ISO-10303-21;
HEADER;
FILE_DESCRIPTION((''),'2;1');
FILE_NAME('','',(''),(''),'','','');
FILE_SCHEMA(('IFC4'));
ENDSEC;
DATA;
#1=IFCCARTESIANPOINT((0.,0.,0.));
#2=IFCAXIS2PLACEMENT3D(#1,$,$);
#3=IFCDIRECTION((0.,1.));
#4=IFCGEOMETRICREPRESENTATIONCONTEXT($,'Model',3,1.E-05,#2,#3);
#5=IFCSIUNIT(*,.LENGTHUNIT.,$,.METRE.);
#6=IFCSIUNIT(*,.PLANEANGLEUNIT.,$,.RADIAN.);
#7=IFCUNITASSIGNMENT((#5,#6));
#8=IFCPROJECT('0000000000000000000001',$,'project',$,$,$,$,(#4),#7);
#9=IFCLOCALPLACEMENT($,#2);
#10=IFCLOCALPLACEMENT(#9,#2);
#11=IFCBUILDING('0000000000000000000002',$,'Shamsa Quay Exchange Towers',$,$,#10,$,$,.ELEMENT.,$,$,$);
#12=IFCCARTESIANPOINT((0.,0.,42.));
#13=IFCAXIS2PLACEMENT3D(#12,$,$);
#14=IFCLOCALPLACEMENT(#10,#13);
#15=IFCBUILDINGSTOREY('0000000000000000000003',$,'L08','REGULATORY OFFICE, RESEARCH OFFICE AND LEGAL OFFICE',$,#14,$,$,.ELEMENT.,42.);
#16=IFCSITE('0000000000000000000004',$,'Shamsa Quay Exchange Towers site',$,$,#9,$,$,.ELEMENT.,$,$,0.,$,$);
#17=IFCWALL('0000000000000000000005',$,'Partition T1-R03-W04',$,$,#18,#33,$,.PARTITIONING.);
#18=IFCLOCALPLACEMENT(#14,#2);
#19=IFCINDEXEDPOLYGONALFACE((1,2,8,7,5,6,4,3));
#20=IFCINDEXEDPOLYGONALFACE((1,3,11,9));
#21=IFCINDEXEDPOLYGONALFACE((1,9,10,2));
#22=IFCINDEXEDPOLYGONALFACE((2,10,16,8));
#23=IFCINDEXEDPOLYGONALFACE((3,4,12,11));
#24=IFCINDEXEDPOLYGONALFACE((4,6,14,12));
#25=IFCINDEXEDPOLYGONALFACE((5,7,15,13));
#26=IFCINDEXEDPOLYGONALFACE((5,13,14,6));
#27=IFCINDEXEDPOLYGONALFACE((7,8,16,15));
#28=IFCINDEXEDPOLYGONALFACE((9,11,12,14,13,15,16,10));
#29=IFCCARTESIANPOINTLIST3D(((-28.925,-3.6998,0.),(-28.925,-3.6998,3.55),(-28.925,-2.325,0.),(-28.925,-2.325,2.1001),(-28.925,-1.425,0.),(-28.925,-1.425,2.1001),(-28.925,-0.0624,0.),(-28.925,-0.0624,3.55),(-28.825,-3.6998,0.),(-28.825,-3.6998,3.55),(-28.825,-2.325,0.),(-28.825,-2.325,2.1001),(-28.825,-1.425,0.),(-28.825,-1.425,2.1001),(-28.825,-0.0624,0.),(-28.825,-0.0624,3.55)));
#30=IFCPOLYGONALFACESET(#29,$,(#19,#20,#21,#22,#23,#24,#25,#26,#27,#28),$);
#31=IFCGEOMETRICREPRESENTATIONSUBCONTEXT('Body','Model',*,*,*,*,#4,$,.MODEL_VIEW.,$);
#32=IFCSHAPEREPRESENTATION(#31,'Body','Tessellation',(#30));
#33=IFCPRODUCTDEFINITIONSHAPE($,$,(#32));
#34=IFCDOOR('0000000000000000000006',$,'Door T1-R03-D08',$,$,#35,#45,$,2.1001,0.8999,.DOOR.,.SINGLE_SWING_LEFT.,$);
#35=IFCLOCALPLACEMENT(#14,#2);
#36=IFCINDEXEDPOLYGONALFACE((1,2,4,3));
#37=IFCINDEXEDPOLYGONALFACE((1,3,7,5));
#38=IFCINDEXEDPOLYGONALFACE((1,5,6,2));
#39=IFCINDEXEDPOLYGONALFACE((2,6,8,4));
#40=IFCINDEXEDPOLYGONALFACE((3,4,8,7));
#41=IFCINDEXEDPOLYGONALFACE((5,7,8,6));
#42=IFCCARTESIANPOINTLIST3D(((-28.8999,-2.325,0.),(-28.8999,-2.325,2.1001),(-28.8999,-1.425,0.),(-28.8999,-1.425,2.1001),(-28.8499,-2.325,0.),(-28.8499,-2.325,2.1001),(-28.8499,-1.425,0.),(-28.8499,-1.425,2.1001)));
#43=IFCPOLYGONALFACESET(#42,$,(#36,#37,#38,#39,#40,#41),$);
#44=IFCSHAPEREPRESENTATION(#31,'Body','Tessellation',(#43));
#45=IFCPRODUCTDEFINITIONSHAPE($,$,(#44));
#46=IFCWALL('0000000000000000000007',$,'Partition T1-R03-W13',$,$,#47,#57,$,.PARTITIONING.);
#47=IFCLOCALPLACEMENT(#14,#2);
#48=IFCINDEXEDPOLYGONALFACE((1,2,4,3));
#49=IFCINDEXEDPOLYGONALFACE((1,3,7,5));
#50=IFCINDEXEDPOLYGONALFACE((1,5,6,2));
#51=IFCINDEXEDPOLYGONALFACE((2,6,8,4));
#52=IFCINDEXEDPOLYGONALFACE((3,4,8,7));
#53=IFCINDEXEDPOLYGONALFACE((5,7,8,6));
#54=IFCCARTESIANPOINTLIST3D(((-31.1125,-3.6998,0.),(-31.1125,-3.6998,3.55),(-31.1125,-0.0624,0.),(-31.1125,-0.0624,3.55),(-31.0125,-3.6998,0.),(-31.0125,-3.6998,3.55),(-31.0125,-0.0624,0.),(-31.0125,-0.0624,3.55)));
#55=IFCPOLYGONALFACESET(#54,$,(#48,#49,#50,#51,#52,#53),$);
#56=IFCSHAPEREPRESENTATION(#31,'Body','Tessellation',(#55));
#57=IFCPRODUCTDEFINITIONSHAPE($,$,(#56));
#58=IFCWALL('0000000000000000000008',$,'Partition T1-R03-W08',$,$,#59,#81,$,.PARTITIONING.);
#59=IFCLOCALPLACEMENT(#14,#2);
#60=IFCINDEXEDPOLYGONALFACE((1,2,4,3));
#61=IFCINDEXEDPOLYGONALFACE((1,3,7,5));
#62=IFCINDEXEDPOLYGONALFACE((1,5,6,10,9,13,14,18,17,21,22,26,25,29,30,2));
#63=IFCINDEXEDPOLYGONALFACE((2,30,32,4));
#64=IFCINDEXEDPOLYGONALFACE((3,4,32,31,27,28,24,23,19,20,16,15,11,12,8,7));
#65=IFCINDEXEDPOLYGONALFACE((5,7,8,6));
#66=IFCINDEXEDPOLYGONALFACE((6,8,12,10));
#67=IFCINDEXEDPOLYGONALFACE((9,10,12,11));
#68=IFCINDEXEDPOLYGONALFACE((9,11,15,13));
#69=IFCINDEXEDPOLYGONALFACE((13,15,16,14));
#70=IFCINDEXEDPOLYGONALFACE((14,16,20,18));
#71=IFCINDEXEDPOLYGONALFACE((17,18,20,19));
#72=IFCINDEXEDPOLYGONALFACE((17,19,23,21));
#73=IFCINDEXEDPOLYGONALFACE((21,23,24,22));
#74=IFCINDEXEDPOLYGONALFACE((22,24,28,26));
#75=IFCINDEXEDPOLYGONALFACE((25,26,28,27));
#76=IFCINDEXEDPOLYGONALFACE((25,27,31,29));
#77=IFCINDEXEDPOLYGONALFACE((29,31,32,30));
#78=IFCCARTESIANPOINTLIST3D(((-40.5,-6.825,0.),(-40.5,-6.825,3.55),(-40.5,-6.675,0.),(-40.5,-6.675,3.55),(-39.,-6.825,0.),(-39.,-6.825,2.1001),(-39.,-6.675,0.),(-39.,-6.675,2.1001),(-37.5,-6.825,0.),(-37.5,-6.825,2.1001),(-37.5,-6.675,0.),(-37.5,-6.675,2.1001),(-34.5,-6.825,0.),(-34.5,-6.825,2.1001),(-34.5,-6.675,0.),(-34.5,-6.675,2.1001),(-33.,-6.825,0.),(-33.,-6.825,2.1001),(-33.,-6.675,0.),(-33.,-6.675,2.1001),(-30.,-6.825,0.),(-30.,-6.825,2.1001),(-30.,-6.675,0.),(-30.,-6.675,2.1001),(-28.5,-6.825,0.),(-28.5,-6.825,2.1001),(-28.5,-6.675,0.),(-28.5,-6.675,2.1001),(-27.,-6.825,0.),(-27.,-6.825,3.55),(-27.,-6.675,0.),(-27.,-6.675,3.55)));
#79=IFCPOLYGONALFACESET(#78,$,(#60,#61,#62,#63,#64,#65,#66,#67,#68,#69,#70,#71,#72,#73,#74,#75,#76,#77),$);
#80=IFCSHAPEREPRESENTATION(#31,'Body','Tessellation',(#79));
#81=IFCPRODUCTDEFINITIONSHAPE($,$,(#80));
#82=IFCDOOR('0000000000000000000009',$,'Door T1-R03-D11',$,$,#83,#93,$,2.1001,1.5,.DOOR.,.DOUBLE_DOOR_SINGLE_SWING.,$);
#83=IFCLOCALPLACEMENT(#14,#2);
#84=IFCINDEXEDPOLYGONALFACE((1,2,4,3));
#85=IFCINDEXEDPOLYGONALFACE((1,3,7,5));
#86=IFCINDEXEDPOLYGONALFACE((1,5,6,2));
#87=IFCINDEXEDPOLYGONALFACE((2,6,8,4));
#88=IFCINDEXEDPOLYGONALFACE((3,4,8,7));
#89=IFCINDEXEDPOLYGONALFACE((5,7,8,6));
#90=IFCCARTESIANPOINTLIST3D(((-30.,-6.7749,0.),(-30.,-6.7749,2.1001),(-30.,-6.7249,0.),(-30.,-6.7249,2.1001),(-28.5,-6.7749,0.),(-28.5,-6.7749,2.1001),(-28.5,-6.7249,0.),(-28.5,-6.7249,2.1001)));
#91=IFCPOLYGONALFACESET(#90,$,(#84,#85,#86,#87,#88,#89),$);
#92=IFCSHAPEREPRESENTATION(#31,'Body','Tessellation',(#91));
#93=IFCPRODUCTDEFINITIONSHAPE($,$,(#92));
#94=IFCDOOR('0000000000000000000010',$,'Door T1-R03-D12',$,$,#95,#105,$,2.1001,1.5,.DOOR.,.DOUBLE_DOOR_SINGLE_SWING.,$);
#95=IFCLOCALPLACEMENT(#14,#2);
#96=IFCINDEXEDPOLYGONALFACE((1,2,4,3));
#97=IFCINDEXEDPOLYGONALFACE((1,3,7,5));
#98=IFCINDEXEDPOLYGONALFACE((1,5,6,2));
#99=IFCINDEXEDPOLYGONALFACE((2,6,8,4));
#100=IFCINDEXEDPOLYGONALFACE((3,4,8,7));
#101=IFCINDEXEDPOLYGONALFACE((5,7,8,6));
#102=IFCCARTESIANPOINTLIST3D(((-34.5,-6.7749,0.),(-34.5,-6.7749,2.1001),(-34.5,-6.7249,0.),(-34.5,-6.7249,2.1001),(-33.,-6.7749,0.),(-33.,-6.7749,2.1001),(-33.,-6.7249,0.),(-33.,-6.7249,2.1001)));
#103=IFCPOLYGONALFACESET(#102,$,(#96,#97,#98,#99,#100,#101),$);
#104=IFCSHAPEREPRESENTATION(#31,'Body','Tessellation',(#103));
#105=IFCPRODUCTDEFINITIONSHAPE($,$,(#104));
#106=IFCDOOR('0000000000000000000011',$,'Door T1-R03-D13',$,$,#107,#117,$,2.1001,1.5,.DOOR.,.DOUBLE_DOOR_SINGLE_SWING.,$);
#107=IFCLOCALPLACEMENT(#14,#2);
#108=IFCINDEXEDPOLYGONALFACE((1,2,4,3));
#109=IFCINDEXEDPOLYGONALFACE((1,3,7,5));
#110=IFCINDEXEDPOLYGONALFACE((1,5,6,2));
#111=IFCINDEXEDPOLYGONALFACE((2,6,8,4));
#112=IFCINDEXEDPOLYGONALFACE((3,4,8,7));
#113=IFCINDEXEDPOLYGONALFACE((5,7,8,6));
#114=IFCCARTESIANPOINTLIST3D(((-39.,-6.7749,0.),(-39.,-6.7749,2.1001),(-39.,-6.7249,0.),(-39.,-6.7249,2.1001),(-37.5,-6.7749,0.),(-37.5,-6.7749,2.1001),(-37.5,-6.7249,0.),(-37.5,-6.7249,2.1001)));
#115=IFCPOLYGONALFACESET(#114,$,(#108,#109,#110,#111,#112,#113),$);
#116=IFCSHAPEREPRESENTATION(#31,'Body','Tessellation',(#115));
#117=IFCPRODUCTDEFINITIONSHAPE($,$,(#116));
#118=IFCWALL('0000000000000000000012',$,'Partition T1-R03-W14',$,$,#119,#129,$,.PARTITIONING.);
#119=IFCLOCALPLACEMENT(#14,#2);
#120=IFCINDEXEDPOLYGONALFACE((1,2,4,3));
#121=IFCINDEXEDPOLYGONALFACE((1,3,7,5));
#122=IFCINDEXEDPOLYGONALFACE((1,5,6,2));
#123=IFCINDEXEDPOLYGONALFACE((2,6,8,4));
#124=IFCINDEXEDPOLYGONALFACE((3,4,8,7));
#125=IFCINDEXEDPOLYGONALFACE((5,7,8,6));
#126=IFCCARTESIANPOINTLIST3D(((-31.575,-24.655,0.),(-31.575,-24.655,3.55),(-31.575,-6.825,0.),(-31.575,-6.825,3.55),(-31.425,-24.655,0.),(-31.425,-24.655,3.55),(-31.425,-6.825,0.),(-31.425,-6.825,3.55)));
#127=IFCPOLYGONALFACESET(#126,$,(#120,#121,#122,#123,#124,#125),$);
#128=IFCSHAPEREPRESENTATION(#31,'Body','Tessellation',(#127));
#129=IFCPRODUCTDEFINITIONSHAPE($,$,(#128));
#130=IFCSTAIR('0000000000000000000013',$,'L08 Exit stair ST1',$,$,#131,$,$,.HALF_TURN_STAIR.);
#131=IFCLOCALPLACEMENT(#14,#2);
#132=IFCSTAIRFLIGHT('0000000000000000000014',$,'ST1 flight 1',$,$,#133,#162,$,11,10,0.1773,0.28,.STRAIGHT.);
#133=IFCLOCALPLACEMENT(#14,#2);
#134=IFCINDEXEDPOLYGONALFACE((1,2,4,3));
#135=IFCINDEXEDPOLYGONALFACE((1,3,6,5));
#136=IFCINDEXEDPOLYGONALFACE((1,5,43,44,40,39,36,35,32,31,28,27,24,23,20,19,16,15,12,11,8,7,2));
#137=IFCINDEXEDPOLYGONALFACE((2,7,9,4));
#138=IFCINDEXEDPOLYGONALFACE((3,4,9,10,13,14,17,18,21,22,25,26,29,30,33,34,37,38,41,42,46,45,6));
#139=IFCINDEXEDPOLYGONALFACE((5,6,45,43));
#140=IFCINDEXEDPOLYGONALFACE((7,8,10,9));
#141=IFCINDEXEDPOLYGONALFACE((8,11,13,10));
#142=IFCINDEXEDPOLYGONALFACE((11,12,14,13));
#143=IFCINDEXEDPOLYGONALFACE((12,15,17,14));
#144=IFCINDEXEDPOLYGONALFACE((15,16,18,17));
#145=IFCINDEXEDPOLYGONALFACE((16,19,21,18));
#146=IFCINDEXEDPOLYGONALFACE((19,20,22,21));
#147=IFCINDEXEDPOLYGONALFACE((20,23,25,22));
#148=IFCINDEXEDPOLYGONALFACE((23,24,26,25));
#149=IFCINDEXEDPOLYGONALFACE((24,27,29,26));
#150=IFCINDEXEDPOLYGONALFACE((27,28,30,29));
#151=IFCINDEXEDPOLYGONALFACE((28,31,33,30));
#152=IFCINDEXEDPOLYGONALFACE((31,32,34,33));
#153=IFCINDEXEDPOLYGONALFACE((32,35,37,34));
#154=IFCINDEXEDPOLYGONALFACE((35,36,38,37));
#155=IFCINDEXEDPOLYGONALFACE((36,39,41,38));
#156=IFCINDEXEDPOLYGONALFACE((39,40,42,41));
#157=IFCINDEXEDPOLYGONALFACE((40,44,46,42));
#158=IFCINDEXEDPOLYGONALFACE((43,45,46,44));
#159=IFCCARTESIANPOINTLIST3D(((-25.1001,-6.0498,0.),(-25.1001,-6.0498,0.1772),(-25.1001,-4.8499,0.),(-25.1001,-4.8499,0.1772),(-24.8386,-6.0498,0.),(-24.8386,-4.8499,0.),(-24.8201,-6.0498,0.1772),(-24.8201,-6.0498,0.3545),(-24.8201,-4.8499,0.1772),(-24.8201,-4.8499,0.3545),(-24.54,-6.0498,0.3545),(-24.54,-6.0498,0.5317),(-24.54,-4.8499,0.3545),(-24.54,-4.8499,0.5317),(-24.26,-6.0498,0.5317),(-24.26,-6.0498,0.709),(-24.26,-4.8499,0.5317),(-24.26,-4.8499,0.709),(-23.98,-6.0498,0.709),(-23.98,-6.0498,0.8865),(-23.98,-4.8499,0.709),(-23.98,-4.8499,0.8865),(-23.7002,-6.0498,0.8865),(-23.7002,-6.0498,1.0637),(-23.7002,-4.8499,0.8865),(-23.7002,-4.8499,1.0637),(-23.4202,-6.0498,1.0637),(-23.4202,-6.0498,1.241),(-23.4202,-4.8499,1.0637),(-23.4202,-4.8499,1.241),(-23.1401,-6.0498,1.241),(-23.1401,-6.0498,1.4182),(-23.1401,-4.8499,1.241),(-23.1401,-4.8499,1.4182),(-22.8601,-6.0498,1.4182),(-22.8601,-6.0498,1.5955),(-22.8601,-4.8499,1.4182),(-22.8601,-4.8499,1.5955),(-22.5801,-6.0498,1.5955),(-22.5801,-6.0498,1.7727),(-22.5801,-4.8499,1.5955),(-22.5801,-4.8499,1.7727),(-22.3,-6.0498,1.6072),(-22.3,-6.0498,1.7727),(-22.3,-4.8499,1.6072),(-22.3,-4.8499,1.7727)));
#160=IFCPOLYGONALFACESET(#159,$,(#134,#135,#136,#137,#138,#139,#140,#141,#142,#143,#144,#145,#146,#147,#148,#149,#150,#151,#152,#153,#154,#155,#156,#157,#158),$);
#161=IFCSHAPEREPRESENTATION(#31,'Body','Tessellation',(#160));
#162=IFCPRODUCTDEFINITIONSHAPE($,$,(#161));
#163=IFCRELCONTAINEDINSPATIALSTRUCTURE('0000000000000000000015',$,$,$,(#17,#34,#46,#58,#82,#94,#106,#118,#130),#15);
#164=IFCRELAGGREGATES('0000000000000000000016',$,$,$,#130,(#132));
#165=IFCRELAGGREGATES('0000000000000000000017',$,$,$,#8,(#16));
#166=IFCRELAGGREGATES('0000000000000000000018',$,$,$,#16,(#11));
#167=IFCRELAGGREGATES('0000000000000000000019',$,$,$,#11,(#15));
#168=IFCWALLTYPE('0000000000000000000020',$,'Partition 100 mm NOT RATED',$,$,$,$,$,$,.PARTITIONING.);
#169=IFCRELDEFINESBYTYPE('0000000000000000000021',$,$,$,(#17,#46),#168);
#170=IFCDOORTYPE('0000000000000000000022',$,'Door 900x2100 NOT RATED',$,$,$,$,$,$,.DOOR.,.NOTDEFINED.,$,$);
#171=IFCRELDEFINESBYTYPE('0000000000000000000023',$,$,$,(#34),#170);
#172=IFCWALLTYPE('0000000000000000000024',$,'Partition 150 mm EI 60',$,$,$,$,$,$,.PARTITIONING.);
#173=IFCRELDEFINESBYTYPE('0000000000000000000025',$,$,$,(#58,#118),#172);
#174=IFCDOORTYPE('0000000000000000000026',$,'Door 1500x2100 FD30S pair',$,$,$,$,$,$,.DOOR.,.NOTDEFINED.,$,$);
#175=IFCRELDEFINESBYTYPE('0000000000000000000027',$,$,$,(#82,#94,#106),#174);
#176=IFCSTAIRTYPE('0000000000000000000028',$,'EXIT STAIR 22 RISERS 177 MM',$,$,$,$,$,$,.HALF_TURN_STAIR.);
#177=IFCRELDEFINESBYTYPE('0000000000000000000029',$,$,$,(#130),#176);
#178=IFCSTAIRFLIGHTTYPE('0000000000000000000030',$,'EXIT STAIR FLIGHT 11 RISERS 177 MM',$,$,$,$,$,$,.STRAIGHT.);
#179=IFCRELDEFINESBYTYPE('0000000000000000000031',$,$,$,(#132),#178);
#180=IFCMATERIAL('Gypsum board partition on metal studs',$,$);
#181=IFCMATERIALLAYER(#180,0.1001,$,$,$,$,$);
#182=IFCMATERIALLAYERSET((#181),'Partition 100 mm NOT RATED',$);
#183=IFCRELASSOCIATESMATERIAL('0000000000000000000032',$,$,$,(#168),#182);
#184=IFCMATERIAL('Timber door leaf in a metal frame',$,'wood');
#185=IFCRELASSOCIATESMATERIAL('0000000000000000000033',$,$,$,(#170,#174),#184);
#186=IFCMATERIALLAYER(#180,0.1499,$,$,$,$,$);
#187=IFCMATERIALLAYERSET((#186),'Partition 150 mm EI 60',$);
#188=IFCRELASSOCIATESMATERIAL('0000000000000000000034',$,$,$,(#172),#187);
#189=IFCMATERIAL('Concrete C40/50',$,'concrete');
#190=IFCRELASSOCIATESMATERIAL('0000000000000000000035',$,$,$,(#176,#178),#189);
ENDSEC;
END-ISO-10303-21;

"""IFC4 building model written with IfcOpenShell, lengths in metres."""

from ifc_helpers import new_model, si_unit, direction, frame, frame_2d, origin, place, context, subcontext, project, spatial, polyline, rectangle, outline, extrude, material, layer, layer_set, type_object, element, fill, aggregate, save


model = new_model("IFC4")

# Units and contexts
model_context = context("Model", 3, precision=1e-05, world=origin(), true_north=direction((0.0, 1.0)))
body_context = subcontext(model_context, "Body", "Model", "MODEL_VIEW")
ifc_project = project(units=[si_unit("LENGTHUNIT", "METRE"), si_unit("PLANEANGLEUNIT", "RADIAN")], contexts=[model_context])

# Site, building, storey
site_placement = place(None, origin())
site = spatial("IfcSite", under=ifc_project, at=site_placement, Name="Shamsa Quay Exchange Towers site", CompositionType="ELEMENT", RefElevation=0.0)
building_placement = place(site_placement, origin())
building = spatial("IfcBuilding", under=site, at=building_placement, Name="Shamsa Quay Exchange Towers", CompositionType="ELEMENT")
storey_placement = place(building_placement, frame((0.0, 0.0, 42.0)))
storey = spatial("IfcBuildingStorey", under=building, at=storey_placement, Name="L08", Description="REGULATORY OFFICE, RESEARCH OFFICE AND LEGAL OFFICE", CompositionType="ELEMENT", Elevation=42.0)

# Wall, opening, door
ifc_material_1 = material(Name="Gypsum board partition on metal studs")
ifc_layer_1 = layer(ifc_material_1, 0.1001)
ifc_layer_set_1 = layer_set([ifc_layer_1], Name="Partition 100 mm NOT RATED")
wall_type_1 = type_object("IfcWallType", Name="Partition 100 mm NOT RATED", PredefinedType="PARTITIONING", material=ifc_layer_set_1)
wall_1_placement = place(storey_placement, frame((-28.875, -3.7, 0.0), z_axis=(0.0, 0.0, 1.0), x_axis=(0.0, 1.0, 0.0)))
wall_1 = element("IfcWall", 1, at=wall_1_placement, inside=storey, type_object=wall_type_1, Name="Partition T1-R03-W04", PredefinedType="PARTITIONING", context=body_context, shape_type="SweptSolid", body=[
    extrude(rectangle(XDim=3.6375, YDim=0.1001, at=frame_2d((1.8188, 0.0))), origin(), (0.0, 0.0, 1.0), 3.55),
])
opening_1_placement = place(wall_1_placement, frame((1.375, 0.0, 0.0)))
opening_1 = element("IfcOpeningElement", 2, at=opening_1_placement, cuts=wall_1, PredefinedType="OPENING", context=body_context, shape_type="SweptSolid", body=[
    extrude(rectangle(XDim=0.8999, YDim=2.1001, at=frame_2d((0.45, 1.05))), frame((0.0, 0.0601, 0.0), z_axis=(0.0, -1.0, 0.0), x_axis=(1.0, 0.0, 0.0)), (0.0, 0.0, 1.0), 0.1201),
])
ifc_material_2 = material(Name="Timber door leaf in a metal frame", Category="wood")
door_type_1 = type_object("IfcDoorType", Name="Door 900x2100 NOT RATED", OperationType="NOTDEFINED", PredefinedType="DOOR", material=ifc_material_2)
door_1_placement = place(opening_1_placement, origin())
door_1 = element("IfcDoor", 3, at=door_1_placement, inside=storey, type_object=door_type_1, Name="Door T1-R03-D08", OperationType="SINGLE_SWING_LEFT", OverallHeight=2.1001, OverallWidth=0.8999, PredefinedType="DOOR", context=body_context, shape_type="SweptSolid", body=[
    extrude(rectangle(XDim=0.8999, YDim=2.1001, at=frame_2d((0.45, 1.05))), frame((0.0, 0.0249, 0.0), z_axis=(0.0, -1.0, 0.0), x_axis=(1.0, 0.0, 0.0)), (0.0, 0.0, 1.0), 0.05),
])
fill(opening_1, door_1)

# Wall
wall_2_placement = place(storey_placement, frame((-31.0625, -3.7, 0.0), z_axis=(0.0, 0.0, 1.0), x_axis=(0.0, 1.0, 0.0)))
element("IfcWall", 4, at=wall_2_placement, inside=storey, type_object=wall_type_1, Name="Partition T1-R03-W13", PredefinedType="PARTITIONING", context=body_context, shape_type="SweptSolid", body=[
    extrude(rectangle(XDim=3.6375, YDim=0.1001, at=frame_2d((1.8188, 0.0))), origin(), (0.0, 0.0, 1.0), 3.55),
])

# Wall, openings, doors
ifc_layer_2 = layer(ifc_material_1, 0.1499)
ifc_layer_set_2 = layer_set([ifc_layer_2], Name="Partition 150 mm EI 60")
wall_type_2 = type_object("IfcWallType", Name="Partition 150 mm EI 60", PredefinedType="PARTITIONING", material=ifc_layer_set_2)
wall_3_placement = place(storey_placement, frame((-27.0, -6.75, 0.0), z_axis=(0.0, 0.0, 1.0), x_axis=(-1.0, 0.0, 0.0)))
wall_3 = element("IfcWall", 5, at=wall_3_placement, inside=storey, type_object=wall_type_2, Name="Partition T1-R03-W08", PredefinedType="PARTITIONING", context=body_context, shape_type="SweptSolid", body=[
    extrude(rectangle(XDim=13.5, YDim=0.1499, at=frame_2d((6.75, 0.0))), origin(), (0.0, 0.0, 1.0), 3.55),
])
opening_2_placement = place(wall_3_placement, frame((1.5, 0.0, 0.0)))
opening_2 = element("IfcOpeningElement", 6, at=opening_2_placement, cuts=wall_3, PredefinedType="OPENING", context=body_context, shape_type="SweptSolid", body=[
    extrude(rectangle(XDim=1.5, YDim=2.1001, at=frame_2d((0.75, 1.05))), frame((0.0, 0.085, 0.0), z_axis=(0.0, -1.0, 0.0), x_axis=(1.0, 0.0, 0.0)), (0.0, 0.0, 1.0), 0.1699),
])
opening_3_placement = place(wall_3_placement, frame((6.0, 0.0, 0.0)))
opening_3 = element("IfcOpeningElement", 7, at=opening_3_placement, cuts=wall_3, PredefinedType="OPENING", context=body_context, shape_type="SweptSolid", body=[
    extrude(rectangle(XDim=1.5, YDim=2.1001, at=frame_2d((0.75, 1.05))), frame((0.0, 0.085, 0.0), z_axis=(0.0, -1.0, 0.0), x_axis=(1.0, 0.0, 0.0)), (0.0, 0.0, 1.0), 0.1699),
])
opening_4_placement = place(wall_3_placement, frame((10.5, 0.0, 0.0)))
opening_4 = element("IfcOpeningElement", 8, at=opening_4_placement, cuts=wall_3, PredefinedType="OPENING", context=body_context, shape_type="SweptSolid", body=[
    extrude(rectangle(XDim=1.5, YDim=2.1001, at=frame_2d((0.75, 1.05))), frame((0.0, 0.085, 0.0), z_axis=(0.0, -1.0, 0.0), x_axis=(1.0, 0.0, 0.0)), (0.0, 0.0, 1.0), 0.1699),
])
door_type_2 = type_object("IfcDoorType", Name="Door 1500x2100 FD30S pair", OperationType="NOTDEFINED", PredefinedType="DOOR", material=ifc_material_2)
door_2_placement = place(opening_2_placement, origin())
door_2 = element("IfcDoor", 9, at=door_2_placement, inside=storey, type_object=door_type_2, Name="Door T1-R03-D11", OperationType="DOUBLE_DOOR_SINGLE_SWING", OverallHeight=2.1001, OverallWidth=1.5, PredefinedType="DOOR", context=body_context, shape_type="SweptSolid", body=[
    extrude(rectangle(XDim=1.5, YDim=2.1001, at=frame_2d((0.75, 1.05))), frame((0.0, 0.0249, 0.0), z_axis=(0.0, -1.0, 0.0), x_axis=(1.0, 0.0, 0.0)), (0.0, 0.0, 1.0), 0.05),
])
fill(opening_2, door_2)
door_3_placement = place(opening_3_placement, origin())
door_3 = element("IfcDoor", 10, at=door_3_placement, inside=storey, type_object=door_type_2, Name="Door T1-R03-D12", OperationType="DOUBLE_DOOR_SINGLE_SWING", OverallHeight=2.1001, OverallWidth=1.5, PredefinedType="DOOR", context=body_context, shape_type="SweptSolid", body=[
    extrude(rectangle(XDim=1.5, YDim=2.1001, at=frame_2d((0.75, 1.05))), frame((0.0, 0.0249, 0.0), z_axis=(0.0, -1.0, 0.0), x_axis=(1.0, 0.0, 0.0)), (0.0, 0.0, 1.0), 0.05),
])
fill(opening_3, door_3)
door_4_placement = place(opening_4_placement, origin())
door_4 = element("IfcDoor", 11, at=door_4_placement, inside=storey, type_object=door_type_2, Name="Door T1-R03-D13", OperationType="DOUBLE_DOOR_SINGLE_SWING", OverallHeight=2.1001, OverallWidth=1.5, PredefinedType="DOOR", context=body_context, shape_type="SweptSolid", body=[
    extrude(rectangle(XDim=1.5, YDim=2.1001, at=frame_2d((0.75, 1.05))), frame((0.0, 0.0249, 0.0), z_axis=(0.0, -1.0, 0.0), x_axis=(1.0, 0.0, 0.0)), (0.0, 0.0, 1.0), 0.05),
])
fill(opening_4, door_4)

# Wall
wall_4_placement = place(storey_placement, frame((-31.5, -24.655, 0.0), z_axis=(0.0, 0.0, 1.0), x_axis=(0.0, 1.0, 0.0)))
element("IfcWall", 12, at=wall_4_placement, inside=storey, type_object=wall_type_2, Name="Partition T1-R03-W14", PredefinedType="PARTITIONING", context=body_context, shape_type="SweptSolid", body=[
    extrude(rectangle(XDim=17.8301, YDim=0.1499, at=frame_2d((8.915, 0.0))), origin(), (0.0, 0.0, 1.0), 3.55),
])

# Stair, stair flight
ifc_material_3 = material(Name="Concrete C40/50", Category="concrete")
stair_type = type_object("IfcStairType", Name="EXIT STAIR 22 RISERS 177 MM", PredefinedType="HALF_TURN_STAIR", material=ifc_material_3)
stair_placement = place(storey_placement, origin())
stair = element("IfcStair", 13, at=stair_placement, inside=storey, type_object=stair_type, Name="L08 Exit stair ST1", PredefinedType="HALF_TURN_STAIR")
stair_flight_type = type_object("IfcStairFlightType", Name="EXIT STAIR FLIGHT 11 RISERS 177 MM", PredefinedType="STRAIGHT", material=ifc_material_3)
stair_flight_placement = place(storey_placement, frame((-25.1001, -5.45, 0.0)))
stair_flight = element("IfcStairFlight", 14, at=stair_flight_placement, type_object=stair_flight_type, Name="ST1 flight 1", NumberOfRisers=11, NumberOfTreads=10, PredefinedType="STRAIGHT", RiserHeight=0.1773, TreadLength=0.28, context=body_context, shape_type="SweptSolid", body=[
    extrude(outline(polyline([(0.0, 0.0), (0.0, 0.1772), (0.28, 0.1772), (0.28, 0.3545), (0.5601, 0.3545), (0.5601, 0.5317), (0.8401, 0.5317), (0.8401, 0.709), (1.1201, 0.709), (1.1201, 0.8865), (1.3999, 0.8865), (1.3999, 1.0637), (1.6799, 1.0637), (1.6799, 1.241), (1.96, 1.241), (1.96, 1.4182), (2.24, 1.4182), (2.24, 1.5955), (2.52, 1.5955), (2.52, 1.7727), (2.8, 1.7727), (2.8, 1.95), (2.8, 1.6072), (0.2615, 0.0), (0.0, 0.0)])), frame((0.0, 0.6001, 0.0), z_axis=(0.0, -1.0, 0.0), x_axis=(1.0, 0.0, 0.0)), (0.0, 0.0, 1.0), 1.2),
])
aggregate(stair, [stair_flight])

save(model, "model.ifc")
